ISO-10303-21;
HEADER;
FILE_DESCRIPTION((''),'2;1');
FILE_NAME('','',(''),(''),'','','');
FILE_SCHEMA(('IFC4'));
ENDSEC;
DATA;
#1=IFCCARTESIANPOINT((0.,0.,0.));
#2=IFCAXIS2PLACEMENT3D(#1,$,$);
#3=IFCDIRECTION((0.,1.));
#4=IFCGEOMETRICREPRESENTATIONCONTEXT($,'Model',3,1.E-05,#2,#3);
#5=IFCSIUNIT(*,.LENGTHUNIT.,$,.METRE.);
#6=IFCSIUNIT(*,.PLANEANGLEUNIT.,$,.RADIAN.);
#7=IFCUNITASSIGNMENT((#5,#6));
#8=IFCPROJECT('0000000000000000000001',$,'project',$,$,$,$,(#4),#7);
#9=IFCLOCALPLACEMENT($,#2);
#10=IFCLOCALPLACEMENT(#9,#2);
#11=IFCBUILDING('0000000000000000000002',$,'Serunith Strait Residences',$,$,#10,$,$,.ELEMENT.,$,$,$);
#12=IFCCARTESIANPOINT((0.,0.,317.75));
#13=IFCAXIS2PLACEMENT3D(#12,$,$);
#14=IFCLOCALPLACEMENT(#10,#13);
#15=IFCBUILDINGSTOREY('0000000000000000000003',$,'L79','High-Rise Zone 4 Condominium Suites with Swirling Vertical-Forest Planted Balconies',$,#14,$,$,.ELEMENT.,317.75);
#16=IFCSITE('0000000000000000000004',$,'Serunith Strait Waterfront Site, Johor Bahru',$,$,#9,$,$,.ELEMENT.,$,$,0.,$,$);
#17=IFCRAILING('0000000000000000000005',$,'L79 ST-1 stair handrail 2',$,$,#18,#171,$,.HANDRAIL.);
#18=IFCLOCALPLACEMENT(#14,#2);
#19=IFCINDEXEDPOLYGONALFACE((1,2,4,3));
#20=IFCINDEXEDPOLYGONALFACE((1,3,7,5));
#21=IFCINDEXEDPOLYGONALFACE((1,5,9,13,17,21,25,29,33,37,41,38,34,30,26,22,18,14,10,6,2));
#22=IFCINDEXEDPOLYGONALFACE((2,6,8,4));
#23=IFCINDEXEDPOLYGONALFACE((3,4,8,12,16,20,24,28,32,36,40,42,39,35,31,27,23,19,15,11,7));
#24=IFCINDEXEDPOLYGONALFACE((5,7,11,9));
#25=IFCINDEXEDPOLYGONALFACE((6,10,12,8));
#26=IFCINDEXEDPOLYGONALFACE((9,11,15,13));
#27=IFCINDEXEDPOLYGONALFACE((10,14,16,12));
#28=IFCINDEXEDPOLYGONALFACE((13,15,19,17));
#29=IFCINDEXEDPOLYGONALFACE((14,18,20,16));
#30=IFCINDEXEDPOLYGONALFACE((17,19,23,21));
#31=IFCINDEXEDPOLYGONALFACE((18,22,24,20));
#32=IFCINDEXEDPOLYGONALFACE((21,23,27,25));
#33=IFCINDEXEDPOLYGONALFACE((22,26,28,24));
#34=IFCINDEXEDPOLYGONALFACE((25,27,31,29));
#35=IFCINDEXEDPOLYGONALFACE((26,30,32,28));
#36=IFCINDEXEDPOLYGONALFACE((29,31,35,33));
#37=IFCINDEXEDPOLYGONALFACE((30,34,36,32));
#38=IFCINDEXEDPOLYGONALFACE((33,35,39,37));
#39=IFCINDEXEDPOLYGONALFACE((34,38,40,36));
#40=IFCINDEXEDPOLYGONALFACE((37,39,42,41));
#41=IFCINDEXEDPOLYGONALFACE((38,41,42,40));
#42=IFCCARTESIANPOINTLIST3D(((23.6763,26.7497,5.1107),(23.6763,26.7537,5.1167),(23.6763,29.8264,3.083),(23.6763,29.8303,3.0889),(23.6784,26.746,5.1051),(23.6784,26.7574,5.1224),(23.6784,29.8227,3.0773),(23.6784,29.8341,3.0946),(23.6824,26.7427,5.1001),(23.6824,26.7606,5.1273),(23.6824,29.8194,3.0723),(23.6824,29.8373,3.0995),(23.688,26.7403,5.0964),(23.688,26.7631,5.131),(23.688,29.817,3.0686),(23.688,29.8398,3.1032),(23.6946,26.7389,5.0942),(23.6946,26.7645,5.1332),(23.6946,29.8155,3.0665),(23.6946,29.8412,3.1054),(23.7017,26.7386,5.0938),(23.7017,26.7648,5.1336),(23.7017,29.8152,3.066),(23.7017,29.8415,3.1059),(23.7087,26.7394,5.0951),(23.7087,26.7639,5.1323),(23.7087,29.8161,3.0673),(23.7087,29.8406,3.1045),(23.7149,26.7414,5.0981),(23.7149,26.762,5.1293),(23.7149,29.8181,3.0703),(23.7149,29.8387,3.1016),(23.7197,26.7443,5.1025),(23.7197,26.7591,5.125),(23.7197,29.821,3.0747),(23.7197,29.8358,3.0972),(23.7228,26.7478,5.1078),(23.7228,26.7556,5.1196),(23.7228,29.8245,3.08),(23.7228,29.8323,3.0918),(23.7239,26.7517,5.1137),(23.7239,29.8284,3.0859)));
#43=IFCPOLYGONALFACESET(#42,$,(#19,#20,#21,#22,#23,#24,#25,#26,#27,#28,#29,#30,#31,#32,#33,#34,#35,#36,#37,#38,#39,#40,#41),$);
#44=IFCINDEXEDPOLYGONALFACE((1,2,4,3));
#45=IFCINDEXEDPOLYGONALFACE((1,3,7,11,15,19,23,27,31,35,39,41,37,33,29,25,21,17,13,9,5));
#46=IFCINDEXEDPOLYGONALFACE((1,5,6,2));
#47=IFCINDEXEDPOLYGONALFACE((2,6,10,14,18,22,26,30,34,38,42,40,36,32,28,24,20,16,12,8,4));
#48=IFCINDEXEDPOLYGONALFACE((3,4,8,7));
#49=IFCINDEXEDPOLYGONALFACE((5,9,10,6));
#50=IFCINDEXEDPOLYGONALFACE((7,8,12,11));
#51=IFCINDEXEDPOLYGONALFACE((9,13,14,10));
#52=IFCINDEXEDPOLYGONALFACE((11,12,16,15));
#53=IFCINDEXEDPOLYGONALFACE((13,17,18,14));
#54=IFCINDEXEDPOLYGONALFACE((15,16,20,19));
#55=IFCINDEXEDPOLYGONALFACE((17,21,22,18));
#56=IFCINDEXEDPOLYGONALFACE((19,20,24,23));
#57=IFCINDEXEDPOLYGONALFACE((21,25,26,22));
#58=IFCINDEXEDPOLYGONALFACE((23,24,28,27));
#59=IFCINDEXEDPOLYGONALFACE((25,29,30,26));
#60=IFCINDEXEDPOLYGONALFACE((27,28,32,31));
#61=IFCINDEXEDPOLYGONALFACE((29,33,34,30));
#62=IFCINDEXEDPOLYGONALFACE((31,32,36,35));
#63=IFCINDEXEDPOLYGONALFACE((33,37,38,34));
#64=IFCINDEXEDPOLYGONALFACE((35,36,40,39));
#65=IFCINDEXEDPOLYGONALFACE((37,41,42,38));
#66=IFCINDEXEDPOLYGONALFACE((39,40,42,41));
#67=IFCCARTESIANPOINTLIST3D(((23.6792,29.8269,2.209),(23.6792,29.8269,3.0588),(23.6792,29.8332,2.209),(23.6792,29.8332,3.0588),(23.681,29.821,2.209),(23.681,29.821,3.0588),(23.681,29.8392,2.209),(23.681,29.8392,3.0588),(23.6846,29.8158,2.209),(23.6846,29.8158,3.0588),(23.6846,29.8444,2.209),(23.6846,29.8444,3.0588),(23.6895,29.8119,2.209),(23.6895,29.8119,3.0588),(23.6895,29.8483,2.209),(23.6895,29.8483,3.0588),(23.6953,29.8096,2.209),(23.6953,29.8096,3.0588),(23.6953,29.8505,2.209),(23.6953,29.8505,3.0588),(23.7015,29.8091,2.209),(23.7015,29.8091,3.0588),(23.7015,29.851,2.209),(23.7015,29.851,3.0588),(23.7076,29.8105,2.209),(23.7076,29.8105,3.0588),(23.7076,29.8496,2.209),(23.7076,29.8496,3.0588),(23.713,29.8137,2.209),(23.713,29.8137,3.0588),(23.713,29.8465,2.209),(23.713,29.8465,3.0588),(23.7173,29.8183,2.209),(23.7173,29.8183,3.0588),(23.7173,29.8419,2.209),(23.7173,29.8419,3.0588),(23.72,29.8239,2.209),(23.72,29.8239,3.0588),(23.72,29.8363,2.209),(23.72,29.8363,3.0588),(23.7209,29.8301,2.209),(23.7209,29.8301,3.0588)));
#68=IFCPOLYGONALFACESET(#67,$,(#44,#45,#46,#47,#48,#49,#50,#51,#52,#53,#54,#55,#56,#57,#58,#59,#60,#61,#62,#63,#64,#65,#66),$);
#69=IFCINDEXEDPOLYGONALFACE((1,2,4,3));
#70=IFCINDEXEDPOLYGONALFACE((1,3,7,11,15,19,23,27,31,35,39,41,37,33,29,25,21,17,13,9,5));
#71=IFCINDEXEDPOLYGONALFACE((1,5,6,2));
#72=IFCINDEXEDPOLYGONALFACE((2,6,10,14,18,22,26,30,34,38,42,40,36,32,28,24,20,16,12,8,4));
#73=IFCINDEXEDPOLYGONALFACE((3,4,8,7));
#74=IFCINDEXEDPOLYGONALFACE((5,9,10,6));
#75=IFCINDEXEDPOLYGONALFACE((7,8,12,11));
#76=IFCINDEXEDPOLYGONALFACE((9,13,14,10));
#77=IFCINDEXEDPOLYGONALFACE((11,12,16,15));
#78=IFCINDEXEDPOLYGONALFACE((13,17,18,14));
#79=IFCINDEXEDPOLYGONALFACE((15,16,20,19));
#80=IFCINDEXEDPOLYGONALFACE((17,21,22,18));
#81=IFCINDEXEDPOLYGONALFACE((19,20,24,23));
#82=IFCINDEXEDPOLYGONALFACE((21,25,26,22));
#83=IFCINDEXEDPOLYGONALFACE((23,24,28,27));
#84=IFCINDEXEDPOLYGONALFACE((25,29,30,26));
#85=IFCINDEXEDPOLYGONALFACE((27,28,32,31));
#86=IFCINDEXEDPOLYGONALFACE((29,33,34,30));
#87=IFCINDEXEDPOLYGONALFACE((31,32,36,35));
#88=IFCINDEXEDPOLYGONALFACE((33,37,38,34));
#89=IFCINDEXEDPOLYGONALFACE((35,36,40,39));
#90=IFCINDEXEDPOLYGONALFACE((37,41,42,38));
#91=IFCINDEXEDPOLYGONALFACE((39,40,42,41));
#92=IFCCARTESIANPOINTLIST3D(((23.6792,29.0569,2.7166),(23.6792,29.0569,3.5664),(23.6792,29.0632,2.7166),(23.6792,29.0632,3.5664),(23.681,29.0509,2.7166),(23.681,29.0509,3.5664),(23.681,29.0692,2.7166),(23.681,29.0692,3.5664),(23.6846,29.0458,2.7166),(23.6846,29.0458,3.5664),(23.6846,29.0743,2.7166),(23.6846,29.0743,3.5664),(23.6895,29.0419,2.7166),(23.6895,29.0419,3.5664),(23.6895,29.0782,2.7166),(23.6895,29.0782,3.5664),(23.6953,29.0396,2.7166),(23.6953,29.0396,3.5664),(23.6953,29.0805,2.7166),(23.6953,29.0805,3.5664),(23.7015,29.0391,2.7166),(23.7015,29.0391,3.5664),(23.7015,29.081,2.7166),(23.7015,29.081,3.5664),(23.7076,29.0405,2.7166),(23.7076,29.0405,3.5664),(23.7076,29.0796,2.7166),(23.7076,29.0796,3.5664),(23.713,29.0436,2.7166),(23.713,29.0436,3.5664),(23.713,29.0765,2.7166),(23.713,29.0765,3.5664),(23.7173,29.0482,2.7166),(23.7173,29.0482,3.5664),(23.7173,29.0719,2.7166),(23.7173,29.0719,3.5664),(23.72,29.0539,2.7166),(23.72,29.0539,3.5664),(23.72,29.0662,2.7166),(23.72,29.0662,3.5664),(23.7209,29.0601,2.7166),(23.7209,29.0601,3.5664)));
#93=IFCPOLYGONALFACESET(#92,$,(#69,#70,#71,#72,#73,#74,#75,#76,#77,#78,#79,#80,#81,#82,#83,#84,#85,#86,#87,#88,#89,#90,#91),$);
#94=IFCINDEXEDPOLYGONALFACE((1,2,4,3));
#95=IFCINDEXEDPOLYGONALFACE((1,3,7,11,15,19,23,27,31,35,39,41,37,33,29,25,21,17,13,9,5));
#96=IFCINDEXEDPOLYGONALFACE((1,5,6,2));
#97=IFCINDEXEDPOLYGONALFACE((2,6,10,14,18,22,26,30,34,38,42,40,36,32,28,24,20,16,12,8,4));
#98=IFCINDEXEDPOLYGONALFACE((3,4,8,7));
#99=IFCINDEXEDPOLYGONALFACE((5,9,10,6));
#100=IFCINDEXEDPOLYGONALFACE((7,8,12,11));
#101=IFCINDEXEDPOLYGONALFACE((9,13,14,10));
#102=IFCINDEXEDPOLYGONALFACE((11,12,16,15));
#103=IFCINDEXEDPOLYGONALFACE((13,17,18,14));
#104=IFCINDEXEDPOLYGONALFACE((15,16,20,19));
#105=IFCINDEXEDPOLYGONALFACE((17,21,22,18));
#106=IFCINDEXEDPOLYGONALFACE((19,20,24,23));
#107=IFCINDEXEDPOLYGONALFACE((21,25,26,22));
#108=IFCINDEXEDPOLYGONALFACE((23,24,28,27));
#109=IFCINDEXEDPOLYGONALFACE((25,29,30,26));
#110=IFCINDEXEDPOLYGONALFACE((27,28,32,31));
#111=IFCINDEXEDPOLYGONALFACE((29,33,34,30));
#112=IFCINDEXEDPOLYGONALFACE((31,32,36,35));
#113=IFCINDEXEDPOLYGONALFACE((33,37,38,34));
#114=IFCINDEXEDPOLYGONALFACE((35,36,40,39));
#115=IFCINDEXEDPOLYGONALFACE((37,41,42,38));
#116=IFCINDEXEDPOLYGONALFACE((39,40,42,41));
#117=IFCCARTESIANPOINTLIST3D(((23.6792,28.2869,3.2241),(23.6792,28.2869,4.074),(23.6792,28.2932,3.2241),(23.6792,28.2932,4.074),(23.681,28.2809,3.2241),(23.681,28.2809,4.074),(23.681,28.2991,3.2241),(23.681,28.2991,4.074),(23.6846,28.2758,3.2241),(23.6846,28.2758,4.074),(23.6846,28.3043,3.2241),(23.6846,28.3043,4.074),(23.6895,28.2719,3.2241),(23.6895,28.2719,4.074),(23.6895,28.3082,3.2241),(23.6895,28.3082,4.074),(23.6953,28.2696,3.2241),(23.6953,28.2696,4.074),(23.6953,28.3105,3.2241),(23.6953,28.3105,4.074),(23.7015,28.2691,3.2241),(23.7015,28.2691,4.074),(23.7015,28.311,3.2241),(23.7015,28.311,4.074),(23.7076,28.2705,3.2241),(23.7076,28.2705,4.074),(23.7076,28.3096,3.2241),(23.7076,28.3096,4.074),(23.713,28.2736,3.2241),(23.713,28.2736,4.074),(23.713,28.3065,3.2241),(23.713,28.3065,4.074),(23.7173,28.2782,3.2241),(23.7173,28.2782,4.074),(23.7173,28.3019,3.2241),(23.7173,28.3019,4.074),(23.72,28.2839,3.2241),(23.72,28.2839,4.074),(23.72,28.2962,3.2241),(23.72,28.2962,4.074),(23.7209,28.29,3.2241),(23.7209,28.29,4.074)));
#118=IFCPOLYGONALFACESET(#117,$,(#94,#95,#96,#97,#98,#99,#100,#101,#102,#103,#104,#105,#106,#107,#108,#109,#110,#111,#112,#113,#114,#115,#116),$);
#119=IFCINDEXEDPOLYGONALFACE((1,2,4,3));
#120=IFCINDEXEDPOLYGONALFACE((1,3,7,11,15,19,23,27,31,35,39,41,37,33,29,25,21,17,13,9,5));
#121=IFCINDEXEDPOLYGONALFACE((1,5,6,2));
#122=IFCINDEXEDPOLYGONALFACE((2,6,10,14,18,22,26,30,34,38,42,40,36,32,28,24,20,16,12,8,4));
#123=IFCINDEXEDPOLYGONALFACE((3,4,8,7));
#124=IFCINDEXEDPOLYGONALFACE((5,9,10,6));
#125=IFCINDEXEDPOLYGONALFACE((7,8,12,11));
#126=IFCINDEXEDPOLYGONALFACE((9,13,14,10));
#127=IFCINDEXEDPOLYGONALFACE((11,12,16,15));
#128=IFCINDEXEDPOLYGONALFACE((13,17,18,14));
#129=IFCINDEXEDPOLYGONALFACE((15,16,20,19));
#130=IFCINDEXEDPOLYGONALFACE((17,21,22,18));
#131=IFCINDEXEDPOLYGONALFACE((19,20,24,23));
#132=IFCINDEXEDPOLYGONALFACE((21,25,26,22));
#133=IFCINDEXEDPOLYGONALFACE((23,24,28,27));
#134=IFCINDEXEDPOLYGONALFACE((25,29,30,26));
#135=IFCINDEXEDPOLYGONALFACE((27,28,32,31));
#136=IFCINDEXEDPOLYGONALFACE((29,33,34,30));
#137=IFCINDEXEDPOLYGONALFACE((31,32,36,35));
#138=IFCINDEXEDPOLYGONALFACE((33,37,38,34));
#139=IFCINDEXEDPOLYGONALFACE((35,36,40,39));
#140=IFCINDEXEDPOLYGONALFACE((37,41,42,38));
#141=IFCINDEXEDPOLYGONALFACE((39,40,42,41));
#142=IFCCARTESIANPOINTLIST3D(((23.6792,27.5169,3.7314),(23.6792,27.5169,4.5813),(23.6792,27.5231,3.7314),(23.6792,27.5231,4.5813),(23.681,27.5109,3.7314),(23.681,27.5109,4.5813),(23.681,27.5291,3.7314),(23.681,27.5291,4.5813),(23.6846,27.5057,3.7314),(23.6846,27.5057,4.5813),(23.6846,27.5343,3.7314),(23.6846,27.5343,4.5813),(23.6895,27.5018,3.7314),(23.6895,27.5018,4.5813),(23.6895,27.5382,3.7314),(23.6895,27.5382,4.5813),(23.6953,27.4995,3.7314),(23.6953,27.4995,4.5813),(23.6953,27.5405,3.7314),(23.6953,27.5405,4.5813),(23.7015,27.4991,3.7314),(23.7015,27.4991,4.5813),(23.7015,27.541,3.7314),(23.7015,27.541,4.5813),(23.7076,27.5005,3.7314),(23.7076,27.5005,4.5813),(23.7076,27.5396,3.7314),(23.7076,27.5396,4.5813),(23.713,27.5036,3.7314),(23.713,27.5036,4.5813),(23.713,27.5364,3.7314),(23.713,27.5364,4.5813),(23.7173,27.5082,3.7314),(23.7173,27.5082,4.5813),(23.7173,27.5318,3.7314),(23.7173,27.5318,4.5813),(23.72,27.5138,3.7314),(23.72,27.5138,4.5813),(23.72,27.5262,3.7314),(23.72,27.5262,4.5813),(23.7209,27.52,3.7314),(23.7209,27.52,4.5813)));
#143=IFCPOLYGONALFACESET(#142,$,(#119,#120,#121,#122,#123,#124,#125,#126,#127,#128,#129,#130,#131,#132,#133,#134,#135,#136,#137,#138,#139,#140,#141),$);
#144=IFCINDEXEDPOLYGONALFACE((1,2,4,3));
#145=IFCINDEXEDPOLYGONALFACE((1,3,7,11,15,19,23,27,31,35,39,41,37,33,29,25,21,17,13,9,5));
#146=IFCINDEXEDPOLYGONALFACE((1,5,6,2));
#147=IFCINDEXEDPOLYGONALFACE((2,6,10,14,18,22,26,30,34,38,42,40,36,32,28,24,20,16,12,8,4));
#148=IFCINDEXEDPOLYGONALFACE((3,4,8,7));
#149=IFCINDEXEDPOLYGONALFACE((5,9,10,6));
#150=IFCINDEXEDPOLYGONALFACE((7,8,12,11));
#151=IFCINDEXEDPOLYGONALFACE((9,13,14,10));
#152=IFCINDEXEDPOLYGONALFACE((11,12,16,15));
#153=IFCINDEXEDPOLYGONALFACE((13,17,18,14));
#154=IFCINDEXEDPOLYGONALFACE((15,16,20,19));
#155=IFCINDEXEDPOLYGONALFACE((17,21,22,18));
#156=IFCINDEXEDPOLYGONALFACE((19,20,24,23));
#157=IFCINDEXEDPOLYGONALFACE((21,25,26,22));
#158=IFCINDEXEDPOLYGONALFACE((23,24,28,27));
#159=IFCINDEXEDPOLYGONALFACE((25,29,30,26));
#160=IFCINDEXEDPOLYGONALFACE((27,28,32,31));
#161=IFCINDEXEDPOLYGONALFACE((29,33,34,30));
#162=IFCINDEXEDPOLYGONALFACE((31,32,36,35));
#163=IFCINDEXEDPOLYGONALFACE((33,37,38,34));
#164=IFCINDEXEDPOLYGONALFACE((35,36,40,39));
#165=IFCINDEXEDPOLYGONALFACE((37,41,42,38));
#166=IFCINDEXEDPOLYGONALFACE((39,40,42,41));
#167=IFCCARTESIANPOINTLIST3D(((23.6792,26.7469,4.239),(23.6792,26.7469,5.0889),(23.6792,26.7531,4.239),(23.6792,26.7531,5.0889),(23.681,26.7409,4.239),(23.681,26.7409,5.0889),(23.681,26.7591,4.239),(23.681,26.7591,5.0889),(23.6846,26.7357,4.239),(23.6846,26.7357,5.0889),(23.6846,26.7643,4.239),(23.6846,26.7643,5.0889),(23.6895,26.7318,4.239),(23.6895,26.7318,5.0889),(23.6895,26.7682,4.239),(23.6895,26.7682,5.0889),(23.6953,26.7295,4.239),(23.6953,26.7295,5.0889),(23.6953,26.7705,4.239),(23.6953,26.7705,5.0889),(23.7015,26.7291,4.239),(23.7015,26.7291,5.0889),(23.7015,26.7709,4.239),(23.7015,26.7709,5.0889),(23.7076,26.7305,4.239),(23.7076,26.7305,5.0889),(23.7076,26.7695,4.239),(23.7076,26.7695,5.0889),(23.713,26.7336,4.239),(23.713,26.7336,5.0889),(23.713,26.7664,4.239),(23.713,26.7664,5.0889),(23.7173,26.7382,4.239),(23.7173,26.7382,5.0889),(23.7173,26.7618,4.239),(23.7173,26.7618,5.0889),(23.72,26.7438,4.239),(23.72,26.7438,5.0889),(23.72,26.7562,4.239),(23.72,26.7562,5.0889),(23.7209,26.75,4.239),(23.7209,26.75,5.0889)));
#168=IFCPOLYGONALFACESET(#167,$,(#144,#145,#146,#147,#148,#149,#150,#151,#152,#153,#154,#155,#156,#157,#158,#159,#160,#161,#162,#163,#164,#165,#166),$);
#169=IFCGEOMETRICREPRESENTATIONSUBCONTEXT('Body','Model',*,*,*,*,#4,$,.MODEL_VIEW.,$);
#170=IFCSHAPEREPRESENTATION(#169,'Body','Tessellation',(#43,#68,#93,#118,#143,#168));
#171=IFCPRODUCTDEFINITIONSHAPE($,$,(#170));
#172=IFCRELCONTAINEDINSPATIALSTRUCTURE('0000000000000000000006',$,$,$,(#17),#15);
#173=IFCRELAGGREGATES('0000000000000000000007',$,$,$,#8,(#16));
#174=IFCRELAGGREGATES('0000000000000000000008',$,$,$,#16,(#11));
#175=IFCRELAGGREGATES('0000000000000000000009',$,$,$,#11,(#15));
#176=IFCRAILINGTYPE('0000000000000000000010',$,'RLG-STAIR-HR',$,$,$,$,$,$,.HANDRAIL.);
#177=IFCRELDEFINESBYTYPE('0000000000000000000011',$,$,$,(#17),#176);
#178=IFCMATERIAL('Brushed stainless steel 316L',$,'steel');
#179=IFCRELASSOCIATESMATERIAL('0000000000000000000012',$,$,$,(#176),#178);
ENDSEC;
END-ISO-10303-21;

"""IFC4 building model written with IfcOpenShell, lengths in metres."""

from ifc_helpers import new_model, si_unit, direction, frame, origin, origin_2d, place, context, subcontext, project, spatial, circle, extrude, material, type_object, element, save


model = new_model("IFC4")

# Units and contexts
model_context = context("Model", 3, precision=1e-05, world=origin(), true_north=direction((0.0, 1.0)))
body_context = subcontext(model_context, "Body", "Model", "MODEL_VIEW")
ifc_project = project(units=[si_unit("LENGTHUNIT", "METRE"), si_unit("PLANEANGLEUNIT", "RADIAN")], contexts=[model_context])

# Site, building, storey
site_placement = place(None, origin())
site = spatial("IfcSite", under=ifc_project, at=site_placement, Name="Serunith Strait Waterfront Site, Johor Bahru", CompositionType="ELEMENT", RefElevation=0.0)
building_placement = place(site_placement, origin())
building = spatial("IfcBuilding", under=site, at=building_placement, Name="Serunith Strait Residences", CompositionType="ELEMENT")
storey_placement = place(building_placement, frame((0.0, 0.0, 317.75)))
storey = spatial("IfcBuildingStorey", under=building, at=storey_placement, Name="L79", Description="High-Rise Zone 4 Condominium Suites with Swirling Vertical-Forest Planted Balconies", CompositionType="ELEMENT", Elevation=317.75)

# Railing
ifc_material_1 = material(Name="Brushed stainless steel 316L", Category="steel")
railing_type_1 = type_object("IfcRailingType", Name="RLG-STAIR-HR", PredefinedType="HANDRAIL", material=ifc_material_1)
railing_1_placement = place(storey_placement, frame((23.7, 29.8301, 2.209)))
element("IfcRailing", 1, at=railing_1_placement, inside=storey, type_object=railing_type_1, Name="L79 ST-1 stair handrail 2", PredefinedType="HANDRAIL", context=body_context, shape_type="SweptSolid", body=[
    extrude(circle(Radius=0.0239, at=origin_2d()), frame((0.0, -0.0017, 0.877), z_axis=(0.0, -0.834961, 0.550309), x_axis=(1.0, 0.0, 0.0)), (0.0, 0.0, 1.0), 3.6848),
    extrude(circle(Radius=0.021, at=origin_2d()), origin(), (0.0, 0.0, 1.0), 0.8499),
    extrude(circle(Radius=0.021, at=origin_2d()), frame((0.0, -0.77, 0.5076)), (0.0, 0.0, 1.0), 0.8499),
    extrude(circle(Radius=0.021, at=origin_2d()), frame((0.0, -1.54, 1.0151)), (0.0, 0.0, 1.0), 0.8499),
    extrude(circle(Radius=0.021, at=origin_2d()), frame((0.0, -2.3101, 1.5225)), (0.0, 0.0, 1.0), 0.8499),
    extrude(circle(Radius=0.021, at=origin_2d()), frame((0.0, -3.0801, 2.03)), (0.0, 0.0, 1.0), 0.8499),
])

save(model, "model.ifc")
